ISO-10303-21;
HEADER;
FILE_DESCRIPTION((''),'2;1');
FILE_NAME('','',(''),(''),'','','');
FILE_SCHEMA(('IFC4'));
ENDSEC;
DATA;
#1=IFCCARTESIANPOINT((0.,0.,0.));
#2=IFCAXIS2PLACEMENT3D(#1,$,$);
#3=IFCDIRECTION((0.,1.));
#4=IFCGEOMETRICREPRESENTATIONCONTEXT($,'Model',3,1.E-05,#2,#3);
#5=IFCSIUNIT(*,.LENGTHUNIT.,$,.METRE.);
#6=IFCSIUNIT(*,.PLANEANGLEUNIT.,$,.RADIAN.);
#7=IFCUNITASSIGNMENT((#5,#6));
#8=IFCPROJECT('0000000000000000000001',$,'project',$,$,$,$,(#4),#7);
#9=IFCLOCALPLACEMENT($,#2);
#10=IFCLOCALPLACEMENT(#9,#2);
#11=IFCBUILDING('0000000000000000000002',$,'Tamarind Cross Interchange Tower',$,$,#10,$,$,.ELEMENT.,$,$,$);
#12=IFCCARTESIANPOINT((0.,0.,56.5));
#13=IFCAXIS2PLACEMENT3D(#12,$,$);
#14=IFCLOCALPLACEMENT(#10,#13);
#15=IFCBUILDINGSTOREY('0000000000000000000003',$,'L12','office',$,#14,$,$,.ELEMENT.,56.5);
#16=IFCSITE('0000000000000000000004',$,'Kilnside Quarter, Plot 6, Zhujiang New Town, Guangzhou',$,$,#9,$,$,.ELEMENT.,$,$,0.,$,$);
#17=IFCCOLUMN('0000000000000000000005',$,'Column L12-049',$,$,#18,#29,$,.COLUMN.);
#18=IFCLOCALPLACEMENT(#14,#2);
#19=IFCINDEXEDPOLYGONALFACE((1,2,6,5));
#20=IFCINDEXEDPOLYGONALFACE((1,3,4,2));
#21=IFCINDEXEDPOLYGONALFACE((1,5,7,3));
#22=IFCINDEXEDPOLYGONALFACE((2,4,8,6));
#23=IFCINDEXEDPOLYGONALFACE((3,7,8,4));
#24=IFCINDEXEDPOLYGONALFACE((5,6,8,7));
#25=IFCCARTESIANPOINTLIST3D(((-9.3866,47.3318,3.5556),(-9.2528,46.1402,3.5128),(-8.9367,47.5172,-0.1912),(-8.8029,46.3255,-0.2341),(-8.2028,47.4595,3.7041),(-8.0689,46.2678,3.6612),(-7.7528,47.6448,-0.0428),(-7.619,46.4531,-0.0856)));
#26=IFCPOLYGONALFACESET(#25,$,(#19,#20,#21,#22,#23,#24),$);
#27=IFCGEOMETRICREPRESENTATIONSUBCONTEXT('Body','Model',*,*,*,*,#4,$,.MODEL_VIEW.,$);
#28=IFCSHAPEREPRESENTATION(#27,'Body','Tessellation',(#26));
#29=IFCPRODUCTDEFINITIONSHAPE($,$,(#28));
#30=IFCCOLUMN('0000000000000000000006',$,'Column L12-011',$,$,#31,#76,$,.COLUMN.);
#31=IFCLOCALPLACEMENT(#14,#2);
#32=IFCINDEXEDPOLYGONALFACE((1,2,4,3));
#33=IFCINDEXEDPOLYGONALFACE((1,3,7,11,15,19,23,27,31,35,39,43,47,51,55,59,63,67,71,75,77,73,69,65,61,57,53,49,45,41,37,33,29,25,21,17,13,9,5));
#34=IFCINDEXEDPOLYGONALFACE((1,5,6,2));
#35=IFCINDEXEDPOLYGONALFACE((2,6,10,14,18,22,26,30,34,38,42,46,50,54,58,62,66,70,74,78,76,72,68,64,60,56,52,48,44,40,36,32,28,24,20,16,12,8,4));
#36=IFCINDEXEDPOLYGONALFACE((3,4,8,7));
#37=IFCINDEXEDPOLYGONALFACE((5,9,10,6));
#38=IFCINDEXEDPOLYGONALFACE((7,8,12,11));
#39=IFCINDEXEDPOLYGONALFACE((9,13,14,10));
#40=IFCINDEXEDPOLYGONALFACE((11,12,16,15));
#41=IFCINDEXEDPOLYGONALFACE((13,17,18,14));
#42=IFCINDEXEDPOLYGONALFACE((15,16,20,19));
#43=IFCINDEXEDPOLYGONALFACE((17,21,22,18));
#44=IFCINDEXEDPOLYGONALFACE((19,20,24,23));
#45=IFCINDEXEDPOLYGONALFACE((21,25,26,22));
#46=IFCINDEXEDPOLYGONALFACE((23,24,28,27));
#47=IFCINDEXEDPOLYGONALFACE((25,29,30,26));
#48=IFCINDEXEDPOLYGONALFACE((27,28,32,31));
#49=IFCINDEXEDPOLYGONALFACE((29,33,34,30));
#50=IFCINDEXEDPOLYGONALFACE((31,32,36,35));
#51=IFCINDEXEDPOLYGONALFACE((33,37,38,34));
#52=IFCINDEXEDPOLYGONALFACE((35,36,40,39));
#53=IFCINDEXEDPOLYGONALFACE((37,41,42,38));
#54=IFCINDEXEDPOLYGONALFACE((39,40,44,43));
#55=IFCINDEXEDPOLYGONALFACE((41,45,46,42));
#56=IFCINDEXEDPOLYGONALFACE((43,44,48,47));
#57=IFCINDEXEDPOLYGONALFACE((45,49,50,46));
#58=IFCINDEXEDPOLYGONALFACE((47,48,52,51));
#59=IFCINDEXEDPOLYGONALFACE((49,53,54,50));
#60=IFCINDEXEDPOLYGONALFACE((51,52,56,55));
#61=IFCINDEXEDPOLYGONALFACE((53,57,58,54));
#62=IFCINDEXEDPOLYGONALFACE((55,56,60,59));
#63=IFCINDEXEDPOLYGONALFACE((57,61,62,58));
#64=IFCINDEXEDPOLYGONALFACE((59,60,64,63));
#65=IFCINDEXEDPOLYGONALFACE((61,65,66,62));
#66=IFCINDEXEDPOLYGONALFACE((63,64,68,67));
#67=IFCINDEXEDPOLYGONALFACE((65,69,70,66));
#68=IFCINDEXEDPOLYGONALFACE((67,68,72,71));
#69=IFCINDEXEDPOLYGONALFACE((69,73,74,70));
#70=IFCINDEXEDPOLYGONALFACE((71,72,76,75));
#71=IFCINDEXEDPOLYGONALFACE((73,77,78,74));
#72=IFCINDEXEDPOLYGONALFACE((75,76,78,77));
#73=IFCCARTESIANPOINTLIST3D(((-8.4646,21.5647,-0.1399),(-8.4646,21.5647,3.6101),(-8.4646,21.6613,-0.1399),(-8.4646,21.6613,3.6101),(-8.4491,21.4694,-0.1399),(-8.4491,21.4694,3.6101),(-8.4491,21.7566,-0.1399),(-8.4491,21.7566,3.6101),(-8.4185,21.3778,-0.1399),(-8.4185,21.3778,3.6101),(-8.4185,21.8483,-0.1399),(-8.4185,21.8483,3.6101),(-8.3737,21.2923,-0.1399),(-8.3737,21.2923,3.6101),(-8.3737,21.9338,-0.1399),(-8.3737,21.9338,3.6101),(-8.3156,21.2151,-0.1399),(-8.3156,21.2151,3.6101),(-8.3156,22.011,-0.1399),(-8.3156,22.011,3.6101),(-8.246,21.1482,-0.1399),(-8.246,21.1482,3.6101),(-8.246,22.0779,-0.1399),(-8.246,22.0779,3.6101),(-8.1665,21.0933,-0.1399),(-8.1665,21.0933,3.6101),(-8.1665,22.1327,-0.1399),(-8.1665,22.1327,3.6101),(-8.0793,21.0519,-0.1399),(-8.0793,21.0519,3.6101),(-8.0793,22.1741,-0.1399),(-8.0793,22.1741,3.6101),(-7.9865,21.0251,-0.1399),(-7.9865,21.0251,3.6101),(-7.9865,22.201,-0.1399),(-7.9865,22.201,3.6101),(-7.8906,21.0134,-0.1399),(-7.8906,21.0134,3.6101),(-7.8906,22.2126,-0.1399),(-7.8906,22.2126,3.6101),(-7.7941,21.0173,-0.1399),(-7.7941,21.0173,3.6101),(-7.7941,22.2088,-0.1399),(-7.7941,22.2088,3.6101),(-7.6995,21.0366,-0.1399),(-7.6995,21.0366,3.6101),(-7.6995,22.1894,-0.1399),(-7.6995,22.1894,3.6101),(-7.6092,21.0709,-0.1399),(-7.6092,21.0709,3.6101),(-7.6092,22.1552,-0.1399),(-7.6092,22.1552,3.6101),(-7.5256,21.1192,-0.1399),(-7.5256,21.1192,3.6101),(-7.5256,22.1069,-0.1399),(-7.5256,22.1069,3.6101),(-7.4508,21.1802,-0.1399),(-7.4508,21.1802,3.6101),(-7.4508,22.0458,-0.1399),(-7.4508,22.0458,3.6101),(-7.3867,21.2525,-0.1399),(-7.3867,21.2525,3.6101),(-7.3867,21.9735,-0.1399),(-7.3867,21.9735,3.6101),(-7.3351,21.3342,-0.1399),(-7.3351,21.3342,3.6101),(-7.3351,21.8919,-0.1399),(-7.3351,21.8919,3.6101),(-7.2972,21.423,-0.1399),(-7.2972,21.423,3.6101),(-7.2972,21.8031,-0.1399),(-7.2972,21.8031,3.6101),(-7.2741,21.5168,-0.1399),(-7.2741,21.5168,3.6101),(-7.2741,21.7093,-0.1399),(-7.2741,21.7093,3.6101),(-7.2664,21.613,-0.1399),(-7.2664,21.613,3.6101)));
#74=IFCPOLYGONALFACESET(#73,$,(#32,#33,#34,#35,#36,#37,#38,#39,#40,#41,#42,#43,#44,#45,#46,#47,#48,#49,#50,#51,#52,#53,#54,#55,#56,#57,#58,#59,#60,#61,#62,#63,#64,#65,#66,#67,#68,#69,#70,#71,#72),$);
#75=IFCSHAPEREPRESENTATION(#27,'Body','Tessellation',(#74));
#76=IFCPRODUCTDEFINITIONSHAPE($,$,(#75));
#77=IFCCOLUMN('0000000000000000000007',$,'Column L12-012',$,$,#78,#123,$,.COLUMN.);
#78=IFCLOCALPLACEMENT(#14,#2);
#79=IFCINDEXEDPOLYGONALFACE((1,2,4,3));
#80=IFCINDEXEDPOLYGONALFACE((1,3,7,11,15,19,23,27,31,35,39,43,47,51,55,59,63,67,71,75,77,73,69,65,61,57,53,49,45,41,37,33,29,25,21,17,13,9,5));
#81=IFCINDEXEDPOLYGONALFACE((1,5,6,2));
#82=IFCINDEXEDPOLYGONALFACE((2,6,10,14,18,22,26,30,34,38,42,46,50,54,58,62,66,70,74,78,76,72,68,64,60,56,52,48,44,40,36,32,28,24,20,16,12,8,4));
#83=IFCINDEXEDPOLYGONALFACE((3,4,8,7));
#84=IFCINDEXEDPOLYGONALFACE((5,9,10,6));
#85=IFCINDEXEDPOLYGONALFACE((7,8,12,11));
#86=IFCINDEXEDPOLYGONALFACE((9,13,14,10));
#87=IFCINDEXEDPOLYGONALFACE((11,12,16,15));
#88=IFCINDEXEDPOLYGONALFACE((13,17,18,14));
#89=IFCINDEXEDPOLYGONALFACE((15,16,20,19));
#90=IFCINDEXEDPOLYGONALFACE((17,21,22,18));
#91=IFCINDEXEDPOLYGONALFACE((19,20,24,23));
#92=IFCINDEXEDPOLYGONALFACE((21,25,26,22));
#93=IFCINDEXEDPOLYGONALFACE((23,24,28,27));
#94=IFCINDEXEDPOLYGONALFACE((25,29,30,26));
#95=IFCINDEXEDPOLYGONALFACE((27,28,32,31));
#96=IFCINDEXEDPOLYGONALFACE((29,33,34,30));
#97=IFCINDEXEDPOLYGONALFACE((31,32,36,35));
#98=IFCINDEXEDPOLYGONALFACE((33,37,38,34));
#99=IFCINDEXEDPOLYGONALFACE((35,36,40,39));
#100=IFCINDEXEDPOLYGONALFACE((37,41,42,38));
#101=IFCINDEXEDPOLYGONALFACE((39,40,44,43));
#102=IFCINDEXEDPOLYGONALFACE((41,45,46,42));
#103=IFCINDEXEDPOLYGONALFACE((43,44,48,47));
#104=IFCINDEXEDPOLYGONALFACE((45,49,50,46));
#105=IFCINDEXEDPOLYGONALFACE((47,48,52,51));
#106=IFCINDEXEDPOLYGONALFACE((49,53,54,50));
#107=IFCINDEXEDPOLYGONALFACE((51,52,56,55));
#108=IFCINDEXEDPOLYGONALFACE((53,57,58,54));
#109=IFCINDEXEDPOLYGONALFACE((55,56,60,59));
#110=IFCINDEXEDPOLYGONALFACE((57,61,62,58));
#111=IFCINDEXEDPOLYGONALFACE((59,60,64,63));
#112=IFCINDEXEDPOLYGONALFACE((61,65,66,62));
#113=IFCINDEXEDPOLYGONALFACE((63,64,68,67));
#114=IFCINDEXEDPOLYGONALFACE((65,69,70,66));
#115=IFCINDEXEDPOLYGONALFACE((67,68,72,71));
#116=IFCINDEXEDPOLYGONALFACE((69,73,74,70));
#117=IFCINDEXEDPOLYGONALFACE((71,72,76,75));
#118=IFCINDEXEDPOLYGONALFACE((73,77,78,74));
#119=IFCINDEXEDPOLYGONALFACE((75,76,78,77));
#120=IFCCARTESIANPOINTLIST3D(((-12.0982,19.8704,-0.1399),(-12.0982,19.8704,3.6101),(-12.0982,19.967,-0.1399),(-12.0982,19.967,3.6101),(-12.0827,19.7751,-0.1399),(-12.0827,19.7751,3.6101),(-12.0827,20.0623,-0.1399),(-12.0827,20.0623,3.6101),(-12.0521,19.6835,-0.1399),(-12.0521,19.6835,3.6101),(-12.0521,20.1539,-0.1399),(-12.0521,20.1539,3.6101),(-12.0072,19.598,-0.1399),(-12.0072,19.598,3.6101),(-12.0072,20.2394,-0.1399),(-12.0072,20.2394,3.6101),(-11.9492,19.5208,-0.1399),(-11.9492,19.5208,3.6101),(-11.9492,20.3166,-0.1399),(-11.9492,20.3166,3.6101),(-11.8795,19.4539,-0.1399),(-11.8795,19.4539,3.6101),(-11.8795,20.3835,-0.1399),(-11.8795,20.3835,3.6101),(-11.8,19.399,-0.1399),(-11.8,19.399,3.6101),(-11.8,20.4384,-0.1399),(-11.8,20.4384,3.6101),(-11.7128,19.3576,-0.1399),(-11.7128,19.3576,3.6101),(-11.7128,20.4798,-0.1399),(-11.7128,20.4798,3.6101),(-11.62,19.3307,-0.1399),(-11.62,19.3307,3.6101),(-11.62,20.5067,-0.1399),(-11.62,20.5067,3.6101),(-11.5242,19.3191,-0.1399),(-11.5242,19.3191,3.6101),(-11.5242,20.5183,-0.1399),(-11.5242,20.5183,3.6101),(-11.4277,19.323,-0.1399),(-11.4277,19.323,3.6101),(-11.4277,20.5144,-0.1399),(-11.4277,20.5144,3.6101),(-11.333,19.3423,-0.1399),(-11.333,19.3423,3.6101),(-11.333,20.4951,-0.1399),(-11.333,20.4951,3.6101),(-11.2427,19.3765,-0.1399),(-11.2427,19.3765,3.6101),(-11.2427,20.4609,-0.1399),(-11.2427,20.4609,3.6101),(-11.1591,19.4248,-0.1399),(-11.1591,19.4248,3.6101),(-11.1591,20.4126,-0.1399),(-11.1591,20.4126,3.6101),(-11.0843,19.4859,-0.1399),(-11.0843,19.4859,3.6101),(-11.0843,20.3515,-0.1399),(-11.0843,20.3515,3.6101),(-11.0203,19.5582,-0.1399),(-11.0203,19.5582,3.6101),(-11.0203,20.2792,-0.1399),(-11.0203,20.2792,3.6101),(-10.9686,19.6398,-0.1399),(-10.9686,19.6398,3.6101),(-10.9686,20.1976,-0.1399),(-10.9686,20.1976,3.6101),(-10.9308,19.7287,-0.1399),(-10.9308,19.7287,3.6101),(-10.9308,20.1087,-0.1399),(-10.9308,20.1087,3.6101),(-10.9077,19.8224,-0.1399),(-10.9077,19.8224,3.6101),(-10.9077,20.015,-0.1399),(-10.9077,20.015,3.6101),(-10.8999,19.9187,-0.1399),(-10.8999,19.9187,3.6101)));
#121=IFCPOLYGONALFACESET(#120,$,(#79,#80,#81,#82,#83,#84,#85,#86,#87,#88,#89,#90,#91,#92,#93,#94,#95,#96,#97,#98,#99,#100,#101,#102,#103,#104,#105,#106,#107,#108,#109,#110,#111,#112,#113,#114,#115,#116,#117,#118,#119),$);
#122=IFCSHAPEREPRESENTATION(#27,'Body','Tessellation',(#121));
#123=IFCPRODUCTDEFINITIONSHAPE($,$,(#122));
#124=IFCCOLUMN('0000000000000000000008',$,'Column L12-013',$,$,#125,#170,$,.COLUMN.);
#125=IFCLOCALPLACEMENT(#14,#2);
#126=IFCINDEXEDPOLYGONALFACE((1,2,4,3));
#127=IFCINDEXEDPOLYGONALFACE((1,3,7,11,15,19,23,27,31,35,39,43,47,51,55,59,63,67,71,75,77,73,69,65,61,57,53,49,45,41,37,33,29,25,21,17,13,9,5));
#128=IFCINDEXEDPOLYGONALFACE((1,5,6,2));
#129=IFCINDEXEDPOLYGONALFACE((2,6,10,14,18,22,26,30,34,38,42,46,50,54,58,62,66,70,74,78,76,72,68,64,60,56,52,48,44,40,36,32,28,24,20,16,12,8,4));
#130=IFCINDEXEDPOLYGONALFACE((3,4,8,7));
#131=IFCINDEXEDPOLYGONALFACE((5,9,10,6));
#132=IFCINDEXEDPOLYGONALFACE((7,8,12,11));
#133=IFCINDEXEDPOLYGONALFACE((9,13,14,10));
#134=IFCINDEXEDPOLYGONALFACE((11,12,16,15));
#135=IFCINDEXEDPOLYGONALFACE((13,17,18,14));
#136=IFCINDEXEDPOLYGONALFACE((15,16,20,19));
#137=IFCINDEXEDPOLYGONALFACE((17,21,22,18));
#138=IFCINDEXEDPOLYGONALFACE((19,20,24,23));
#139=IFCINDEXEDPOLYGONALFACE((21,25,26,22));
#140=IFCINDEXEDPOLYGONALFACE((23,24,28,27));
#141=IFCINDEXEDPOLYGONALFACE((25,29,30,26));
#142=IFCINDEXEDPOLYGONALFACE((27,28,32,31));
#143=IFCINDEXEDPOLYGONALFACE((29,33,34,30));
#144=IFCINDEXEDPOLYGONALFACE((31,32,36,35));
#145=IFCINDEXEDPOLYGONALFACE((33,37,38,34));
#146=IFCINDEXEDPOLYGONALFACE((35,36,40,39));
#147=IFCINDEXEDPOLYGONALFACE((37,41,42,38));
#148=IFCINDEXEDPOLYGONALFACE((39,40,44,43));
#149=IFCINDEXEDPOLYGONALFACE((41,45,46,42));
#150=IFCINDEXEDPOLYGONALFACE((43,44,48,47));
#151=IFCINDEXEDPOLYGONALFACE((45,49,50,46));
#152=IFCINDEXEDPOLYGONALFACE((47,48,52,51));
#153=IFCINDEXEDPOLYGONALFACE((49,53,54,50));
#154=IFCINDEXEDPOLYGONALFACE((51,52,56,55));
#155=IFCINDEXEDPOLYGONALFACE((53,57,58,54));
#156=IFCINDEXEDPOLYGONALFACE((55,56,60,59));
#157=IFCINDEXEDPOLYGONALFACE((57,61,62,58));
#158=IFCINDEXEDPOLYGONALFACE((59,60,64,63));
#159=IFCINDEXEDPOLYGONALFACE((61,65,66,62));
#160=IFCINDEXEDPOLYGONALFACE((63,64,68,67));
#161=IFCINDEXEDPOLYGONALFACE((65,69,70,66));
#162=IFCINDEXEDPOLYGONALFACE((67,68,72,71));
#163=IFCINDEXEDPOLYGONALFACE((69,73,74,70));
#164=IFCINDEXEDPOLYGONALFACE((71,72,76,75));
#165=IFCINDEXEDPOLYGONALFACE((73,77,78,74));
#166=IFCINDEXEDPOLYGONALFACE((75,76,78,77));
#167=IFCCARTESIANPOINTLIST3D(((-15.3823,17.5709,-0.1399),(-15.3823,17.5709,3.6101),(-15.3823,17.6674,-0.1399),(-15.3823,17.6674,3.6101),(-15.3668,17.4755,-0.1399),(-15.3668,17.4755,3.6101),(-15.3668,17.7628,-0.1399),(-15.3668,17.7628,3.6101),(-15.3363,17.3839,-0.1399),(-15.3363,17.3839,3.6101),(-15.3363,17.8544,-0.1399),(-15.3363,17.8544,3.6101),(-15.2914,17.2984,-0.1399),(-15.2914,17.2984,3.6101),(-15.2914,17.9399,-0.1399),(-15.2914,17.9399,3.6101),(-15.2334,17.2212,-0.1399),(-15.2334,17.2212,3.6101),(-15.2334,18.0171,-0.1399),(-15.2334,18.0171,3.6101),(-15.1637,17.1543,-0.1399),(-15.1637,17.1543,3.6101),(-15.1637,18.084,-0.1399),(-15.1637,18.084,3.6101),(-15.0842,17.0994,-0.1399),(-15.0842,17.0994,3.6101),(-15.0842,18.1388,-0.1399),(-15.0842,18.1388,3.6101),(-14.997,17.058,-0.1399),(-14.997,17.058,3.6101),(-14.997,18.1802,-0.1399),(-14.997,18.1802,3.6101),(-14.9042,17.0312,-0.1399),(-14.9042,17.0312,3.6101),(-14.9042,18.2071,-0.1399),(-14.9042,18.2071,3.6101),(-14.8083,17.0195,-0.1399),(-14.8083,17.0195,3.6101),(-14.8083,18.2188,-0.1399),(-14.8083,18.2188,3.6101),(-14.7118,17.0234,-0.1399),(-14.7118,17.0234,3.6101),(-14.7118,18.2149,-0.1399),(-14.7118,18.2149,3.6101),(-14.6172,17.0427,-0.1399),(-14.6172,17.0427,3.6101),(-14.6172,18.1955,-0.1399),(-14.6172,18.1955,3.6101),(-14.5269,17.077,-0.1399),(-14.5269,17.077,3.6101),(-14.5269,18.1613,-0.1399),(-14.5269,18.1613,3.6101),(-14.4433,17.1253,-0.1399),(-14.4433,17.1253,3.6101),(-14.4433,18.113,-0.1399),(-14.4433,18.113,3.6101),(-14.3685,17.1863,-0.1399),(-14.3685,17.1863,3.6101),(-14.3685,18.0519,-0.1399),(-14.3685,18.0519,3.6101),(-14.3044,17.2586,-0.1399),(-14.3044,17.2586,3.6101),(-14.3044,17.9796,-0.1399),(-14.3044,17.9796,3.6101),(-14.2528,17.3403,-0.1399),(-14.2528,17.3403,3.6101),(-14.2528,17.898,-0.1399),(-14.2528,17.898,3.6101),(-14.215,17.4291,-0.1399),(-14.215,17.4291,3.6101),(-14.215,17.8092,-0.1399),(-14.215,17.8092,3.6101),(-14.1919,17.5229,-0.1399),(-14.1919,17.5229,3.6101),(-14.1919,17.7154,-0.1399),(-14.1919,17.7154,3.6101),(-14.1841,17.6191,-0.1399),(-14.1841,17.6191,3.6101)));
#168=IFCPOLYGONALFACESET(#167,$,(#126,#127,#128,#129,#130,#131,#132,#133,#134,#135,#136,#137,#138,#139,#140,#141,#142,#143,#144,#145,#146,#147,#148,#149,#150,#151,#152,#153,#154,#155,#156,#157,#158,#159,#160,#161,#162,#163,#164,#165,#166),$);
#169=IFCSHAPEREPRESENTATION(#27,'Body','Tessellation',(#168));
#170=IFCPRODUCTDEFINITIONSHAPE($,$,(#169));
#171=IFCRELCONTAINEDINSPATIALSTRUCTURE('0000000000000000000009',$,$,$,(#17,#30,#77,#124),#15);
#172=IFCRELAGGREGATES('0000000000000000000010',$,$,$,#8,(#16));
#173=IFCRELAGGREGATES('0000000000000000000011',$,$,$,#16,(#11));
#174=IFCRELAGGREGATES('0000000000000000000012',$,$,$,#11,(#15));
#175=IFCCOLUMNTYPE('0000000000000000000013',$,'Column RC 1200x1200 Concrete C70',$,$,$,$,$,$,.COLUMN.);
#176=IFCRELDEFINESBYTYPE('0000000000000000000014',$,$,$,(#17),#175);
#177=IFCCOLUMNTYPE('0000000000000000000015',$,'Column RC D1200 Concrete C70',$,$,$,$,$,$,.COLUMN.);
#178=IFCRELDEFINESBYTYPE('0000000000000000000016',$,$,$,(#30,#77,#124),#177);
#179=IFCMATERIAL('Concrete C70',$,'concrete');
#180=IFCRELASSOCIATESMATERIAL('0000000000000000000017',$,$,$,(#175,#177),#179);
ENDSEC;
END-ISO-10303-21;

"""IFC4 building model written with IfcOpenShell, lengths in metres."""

from ifc_helpers import new_model, si_unit, direction, frame, origin, origin_2d, place, context, subcontext, project, spatial, rectangle, circle, extrude, material, material_profile, profile_set, type_object, element, save


model = new_model("IFC4")

# Units and contexts
model_context = context("Model", 3, precision=1e-05, world=origin(), true_north=direction((0.0, 1.0)))
body_context = subcontext(model_context, "Body", "Model", "MODEL_VIEW")
ifc_project = project(units=[si_unit("LENGTHUNIT", "METRE"), si_unit("PLANEANGLEUNIT", "RADIAN")], contexts=[model_context])

# Site, building, storey
site_placement = place(None, origin())
site = spatial("IfcSite", under=ifc_project, at=site_placement, Name="Kilnside Quarter, Plot 6, Zhujiang New Town, Guangzhou", CompositionType="ELEMENT", RefElevation=0.0)
building_placement = place(site_placement, origin())
building = spatial("IfcBuilding", under=site, at=building_placement, Name="Tamarind Cross Interchange Tower", CompositionType="ELEMENT")
storey_placement = place(building_placement, frame((0.0, 0.0, 56.5)))
storey = spatial("IfcBuildingStorey", under=building, at=storey_placement, Name="L12", Description="office", CompositionType="ELEMENT", Elevation=56.5)

# Columns
ifc_material_1 = material(Name="Concrete C70", Category="concrete")
ifc_material_profile_1 = material_profile(ifc_material_1, rectangle(XDim=1.2, YDim=1.2, at=origin_2d()), Name="RC 1200x1200")
ifc_profile_set_1 = profile_set([ifc_material_profile_1], Name="Concrete C70")
column_type_1 = type_object("IfcColumnType", Name="Column RC 1200x1200 Concrete C70", PredefinedType="COLUMN", material=ifc_profile_set_1)
column_placement = place(storey_placement, frame((-8.2778, 46.9851, -0.1384), z_axis=(-0.119088, -0.049044, 0.991672), x_axis=(0.9866, 0.106345, 0.123739)))
element("IfcColumn", 1, at=column_placement, inside=storey, type_object=column_type_1, Name="Column L12-049", PredefinedType="COLUMN", context=body_context, shape_type="SweptSolid", body=[
    extrude(rectangle(XDim=1.2, YDim=1.2, at=origin_2d()), origin(), (0.0, 0.0, 1.0), 3.7783),
])
ifc_material_profile_2 = material_profile(ifc_material_1, circle(Radius=0.6001, at=origin_2d()), Name="RC D1200")
ifc_profile_set_2 = profile_set([ifc_material_profile_2], Name="Concrete C70")
column_type_2 = type_object("IfcColumnType", Name="Column RC D1200 Concrete C70", PredefinedType="COLUMN", material=ifc_profile_set_2)
for number, where, z_axis, x_axis, name in (
    (2, (-7.8665, 21.613, -0.1399), (0.0, 0.0, 1.0), (1.0, 0.0, 0.0), "Column L12-011"),
    (3, (-11.5, 19.9187, -0.1399), (0.0, 0.0, 1.0), (1.0, 0.0, 0.0), "Column L12-012"),
    (4, (-14.7842, 17.6191, -0.1399), (0.0, 0.0, 1.0), (1.0, 0.0, 0.0), "Column L12-013"),
):
    element("IfcColumn", number, at=place(storey_placement, frame(where, z_axis=z_axis, x_axis=x_axis)), inside=storey, type_object=column_type_2, Name=name, PredefinedType="COLUMN", context=body_context, shape_type="SweptSolid", body=[
        extrude(circle(Radius=0.6001, at=origin_2d()), origin(), (0.0, 0.0, 1.0), 3.75),
    ])

save(model, "model.ifc")
